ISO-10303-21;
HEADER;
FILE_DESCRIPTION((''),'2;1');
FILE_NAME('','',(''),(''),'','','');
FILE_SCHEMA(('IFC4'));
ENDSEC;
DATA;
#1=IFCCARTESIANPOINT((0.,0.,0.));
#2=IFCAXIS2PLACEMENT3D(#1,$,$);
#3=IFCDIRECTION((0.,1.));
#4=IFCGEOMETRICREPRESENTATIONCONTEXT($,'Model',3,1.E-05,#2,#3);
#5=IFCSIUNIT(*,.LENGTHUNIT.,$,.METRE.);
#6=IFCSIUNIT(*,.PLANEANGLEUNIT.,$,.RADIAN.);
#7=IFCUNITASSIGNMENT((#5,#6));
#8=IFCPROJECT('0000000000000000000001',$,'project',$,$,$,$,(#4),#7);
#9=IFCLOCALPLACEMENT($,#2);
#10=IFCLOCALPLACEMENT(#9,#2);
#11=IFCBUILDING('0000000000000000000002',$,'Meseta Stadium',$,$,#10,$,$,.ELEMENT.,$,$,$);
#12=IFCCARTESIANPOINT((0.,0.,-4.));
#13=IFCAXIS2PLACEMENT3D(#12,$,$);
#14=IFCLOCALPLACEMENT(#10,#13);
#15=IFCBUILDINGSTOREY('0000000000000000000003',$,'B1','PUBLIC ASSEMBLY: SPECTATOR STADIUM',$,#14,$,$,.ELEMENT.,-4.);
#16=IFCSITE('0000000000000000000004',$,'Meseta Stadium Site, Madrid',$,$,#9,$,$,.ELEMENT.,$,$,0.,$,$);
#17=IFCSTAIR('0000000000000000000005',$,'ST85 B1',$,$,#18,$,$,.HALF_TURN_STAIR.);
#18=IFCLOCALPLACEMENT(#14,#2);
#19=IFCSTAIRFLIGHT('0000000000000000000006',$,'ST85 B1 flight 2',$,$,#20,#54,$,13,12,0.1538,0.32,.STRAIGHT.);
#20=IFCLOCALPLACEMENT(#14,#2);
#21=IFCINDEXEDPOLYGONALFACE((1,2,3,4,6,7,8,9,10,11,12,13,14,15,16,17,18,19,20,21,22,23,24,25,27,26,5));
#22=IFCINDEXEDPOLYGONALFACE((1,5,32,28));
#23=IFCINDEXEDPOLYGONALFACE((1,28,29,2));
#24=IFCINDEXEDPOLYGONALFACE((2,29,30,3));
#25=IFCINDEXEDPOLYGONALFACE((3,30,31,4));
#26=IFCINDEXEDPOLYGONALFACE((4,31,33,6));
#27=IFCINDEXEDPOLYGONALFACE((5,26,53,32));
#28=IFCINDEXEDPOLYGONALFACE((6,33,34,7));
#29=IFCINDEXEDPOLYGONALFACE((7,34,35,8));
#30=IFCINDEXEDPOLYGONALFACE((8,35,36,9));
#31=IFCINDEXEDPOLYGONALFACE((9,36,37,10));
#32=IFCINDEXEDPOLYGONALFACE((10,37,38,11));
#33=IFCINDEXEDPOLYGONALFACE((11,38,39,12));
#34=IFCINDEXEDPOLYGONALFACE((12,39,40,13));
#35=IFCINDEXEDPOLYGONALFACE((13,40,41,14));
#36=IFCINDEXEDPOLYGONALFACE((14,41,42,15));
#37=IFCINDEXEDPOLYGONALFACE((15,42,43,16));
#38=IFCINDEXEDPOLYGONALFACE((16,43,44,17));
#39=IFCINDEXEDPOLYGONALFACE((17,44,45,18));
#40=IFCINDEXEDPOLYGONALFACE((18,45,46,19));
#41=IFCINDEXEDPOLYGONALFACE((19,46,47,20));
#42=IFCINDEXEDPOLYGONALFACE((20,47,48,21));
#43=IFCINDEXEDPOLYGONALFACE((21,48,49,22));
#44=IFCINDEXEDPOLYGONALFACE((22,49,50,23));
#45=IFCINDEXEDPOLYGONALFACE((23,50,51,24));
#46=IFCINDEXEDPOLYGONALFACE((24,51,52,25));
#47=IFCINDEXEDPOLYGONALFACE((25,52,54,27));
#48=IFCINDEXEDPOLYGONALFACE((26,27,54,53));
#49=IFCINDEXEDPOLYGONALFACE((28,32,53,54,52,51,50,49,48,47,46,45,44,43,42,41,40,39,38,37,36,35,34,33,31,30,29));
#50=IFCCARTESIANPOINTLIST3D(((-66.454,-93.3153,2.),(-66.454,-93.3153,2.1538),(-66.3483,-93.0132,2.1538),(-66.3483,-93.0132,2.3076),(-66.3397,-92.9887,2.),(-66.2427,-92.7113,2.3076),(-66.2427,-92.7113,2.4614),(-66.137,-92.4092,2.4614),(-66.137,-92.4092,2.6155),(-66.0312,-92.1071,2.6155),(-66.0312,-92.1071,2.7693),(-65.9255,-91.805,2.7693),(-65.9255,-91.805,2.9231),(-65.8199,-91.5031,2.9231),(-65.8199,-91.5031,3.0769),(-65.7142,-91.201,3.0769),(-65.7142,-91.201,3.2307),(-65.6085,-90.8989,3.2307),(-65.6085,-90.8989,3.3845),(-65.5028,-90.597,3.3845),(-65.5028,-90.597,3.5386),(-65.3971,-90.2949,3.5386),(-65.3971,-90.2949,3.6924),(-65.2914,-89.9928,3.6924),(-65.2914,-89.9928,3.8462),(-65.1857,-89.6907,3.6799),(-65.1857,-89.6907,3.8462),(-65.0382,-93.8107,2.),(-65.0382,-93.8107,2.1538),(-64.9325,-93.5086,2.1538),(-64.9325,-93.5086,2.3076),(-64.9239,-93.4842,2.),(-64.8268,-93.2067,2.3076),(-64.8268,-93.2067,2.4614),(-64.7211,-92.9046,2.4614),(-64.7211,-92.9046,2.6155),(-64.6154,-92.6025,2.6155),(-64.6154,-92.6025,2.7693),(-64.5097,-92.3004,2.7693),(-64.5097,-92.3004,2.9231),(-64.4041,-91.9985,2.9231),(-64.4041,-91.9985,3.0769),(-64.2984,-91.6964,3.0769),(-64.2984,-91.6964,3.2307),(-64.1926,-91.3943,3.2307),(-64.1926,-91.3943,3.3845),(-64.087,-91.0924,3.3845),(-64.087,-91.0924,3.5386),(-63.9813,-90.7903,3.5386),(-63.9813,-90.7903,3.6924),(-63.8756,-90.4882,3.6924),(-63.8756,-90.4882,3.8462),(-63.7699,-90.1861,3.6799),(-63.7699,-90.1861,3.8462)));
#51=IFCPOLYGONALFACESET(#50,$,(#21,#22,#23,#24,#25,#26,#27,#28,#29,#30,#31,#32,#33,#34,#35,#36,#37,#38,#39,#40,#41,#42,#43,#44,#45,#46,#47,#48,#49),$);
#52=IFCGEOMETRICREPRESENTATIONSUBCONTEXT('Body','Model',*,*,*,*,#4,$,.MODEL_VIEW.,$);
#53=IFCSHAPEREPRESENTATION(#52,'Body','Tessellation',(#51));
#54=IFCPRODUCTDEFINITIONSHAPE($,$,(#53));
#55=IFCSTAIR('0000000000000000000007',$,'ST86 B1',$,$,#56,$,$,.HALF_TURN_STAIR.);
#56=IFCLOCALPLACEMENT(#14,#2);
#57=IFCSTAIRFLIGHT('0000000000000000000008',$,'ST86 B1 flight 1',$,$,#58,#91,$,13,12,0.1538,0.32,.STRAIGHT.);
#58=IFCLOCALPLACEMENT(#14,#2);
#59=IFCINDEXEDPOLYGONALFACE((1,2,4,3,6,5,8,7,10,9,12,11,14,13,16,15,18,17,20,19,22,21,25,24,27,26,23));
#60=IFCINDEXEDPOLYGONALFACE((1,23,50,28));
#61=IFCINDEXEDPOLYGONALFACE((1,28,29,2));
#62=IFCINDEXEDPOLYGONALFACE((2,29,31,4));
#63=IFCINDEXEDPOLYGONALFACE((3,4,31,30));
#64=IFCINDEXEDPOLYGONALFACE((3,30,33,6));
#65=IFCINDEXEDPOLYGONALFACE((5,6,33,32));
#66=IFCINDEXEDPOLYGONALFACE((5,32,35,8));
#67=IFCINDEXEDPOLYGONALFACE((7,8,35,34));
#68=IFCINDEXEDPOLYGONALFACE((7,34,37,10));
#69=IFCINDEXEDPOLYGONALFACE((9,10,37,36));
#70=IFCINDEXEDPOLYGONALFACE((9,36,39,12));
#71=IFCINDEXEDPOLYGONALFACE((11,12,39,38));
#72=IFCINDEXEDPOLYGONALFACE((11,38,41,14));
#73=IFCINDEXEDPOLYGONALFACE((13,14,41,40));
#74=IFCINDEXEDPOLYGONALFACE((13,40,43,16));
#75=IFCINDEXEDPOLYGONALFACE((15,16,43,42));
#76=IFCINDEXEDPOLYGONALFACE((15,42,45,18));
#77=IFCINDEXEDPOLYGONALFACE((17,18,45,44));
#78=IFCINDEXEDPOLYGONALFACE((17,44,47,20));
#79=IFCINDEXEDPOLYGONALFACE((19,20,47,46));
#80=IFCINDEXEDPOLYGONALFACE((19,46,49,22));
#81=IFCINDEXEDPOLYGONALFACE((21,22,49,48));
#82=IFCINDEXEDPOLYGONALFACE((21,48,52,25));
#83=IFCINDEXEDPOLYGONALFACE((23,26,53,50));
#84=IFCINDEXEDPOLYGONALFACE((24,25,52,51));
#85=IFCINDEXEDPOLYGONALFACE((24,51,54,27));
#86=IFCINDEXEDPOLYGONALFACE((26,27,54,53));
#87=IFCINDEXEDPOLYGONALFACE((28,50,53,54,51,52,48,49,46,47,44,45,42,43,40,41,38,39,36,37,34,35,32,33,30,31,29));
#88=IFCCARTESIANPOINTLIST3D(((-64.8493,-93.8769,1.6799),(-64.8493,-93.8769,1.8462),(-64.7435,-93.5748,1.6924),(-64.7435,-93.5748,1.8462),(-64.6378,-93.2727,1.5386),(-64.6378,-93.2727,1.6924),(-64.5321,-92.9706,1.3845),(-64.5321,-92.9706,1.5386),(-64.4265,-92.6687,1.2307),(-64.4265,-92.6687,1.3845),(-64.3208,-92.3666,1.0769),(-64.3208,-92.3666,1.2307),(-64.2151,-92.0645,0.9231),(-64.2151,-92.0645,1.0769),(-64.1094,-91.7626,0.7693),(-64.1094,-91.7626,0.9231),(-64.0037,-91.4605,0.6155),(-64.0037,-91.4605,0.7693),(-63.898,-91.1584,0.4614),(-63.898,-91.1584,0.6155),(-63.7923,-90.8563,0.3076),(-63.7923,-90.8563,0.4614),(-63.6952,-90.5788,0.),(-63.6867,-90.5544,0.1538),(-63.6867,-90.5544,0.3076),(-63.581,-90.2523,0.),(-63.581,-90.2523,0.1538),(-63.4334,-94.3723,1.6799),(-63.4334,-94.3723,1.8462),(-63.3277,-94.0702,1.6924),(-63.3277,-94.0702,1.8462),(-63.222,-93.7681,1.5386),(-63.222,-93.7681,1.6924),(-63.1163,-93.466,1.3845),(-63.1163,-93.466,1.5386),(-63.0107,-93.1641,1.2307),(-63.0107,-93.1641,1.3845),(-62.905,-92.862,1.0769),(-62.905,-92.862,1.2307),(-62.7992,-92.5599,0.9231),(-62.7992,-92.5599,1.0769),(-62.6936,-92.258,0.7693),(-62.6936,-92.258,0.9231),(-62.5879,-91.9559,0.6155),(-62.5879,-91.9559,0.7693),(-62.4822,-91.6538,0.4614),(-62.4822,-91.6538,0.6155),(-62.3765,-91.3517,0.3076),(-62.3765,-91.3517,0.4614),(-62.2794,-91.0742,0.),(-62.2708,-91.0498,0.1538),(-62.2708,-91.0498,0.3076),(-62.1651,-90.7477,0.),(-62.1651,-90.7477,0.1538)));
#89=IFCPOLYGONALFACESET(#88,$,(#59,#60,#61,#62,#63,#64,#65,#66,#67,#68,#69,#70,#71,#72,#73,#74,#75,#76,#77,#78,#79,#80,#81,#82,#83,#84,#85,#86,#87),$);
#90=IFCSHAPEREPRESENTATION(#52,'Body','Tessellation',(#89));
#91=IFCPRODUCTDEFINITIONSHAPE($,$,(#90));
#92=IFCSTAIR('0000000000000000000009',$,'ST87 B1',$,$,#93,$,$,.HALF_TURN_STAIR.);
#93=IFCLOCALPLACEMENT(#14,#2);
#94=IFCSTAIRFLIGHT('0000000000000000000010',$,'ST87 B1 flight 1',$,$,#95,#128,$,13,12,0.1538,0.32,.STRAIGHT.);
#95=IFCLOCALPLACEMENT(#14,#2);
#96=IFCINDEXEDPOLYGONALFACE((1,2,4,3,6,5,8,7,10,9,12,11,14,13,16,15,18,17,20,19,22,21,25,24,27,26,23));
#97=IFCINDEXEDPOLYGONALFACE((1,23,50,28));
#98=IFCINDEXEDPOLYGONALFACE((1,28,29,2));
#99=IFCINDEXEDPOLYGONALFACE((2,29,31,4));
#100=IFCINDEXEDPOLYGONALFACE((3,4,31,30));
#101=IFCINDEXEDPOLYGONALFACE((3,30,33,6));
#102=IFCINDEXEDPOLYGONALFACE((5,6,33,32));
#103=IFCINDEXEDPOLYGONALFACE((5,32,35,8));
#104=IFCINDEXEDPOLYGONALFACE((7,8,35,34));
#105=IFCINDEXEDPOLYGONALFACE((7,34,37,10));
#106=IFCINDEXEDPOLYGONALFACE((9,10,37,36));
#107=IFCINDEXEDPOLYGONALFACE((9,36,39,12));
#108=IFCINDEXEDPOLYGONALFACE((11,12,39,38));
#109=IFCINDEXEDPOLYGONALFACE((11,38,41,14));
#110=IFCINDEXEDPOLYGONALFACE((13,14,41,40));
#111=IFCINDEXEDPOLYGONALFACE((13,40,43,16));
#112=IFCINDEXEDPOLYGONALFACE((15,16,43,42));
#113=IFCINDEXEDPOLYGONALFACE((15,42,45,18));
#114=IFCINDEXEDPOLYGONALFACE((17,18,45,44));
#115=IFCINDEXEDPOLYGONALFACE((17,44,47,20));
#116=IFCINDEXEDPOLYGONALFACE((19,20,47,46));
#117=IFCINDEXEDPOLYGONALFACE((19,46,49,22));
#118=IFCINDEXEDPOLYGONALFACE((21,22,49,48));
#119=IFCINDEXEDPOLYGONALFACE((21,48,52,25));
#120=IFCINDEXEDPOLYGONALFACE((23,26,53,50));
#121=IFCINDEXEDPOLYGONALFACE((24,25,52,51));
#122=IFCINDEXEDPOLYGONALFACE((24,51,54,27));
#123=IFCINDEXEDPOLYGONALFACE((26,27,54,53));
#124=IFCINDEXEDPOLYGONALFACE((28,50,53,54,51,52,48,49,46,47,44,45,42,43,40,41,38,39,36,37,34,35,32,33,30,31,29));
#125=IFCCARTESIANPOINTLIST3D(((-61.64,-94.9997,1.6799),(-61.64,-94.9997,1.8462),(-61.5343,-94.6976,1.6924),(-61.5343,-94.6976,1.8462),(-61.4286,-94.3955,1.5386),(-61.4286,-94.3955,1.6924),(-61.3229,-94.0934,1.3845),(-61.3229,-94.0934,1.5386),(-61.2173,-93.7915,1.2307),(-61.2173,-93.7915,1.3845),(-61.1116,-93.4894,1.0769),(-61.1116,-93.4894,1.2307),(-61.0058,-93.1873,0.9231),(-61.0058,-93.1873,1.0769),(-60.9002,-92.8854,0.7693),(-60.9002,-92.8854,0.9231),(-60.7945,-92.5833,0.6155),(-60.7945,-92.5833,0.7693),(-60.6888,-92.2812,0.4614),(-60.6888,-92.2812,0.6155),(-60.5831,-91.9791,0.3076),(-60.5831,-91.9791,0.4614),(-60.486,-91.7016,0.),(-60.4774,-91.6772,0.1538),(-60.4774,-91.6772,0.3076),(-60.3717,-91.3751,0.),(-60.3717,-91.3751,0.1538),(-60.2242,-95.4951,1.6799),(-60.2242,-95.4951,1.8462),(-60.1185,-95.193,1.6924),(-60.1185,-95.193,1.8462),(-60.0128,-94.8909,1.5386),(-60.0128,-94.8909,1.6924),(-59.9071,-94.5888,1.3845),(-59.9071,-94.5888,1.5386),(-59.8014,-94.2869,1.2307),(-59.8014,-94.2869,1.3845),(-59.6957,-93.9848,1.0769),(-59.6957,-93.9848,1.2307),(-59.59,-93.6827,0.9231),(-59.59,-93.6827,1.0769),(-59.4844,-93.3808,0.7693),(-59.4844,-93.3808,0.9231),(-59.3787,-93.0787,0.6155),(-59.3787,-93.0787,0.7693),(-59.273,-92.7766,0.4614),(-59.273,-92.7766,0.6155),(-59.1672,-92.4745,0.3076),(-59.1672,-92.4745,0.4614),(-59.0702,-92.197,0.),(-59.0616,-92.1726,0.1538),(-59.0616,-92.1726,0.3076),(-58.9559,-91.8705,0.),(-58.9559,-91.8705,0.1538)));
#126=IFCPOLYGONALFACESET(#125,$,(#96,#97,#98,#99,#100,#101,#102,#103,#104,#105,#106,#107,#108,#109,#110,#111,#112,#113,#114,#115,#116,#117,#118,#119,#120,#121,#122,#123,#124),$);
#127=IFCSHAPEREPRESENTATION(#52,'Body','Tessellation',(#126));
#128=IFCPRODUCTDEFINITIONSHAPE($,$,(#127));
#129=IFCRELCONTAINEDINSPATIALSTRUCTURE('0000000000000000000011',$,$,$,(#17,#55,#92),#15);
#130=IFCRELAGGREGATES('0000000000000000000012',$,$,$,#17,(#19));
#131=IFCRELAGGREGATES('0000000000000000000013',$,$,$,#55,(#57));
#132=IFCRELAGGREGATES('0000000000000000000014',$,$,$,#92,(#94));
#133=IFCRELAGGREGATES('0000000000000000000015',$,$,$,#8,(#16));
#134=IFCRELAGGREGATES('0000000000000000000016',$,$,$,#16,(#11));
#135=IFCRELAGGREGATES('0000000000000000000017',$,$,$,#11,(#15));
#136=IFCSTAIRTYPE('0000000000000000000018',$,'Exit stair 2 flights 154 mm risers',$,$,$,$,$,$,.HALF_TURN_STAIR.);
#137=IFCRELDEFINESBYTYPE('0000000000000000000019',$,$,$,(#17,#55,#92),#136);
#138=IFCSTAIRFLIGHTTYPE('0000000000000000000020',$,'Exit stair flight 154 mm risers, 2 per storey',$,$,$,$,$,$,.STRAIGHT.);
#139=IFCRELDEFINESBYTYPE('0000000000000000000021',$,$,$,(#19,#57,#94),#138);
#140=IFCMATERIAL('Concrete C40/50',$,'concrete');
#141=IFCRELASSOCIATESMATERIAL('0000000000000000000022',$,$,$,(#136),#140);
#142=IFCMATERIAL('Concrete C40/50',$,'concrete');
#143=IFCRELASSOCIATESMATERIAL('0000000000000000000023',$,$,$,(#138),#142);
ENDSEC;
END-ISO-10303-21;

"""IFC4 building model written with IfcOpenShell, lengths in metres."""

from ifc_helpers import new_model, si_unit, direction, frame, origin, place, context, subcontext, project, spatial, polyline, outline, extrude, material, type_object, element, aggregate, save


model = new_model("IFC4")

# Units and contexts
model_context = context("Model", 3, precision=1e-05, world=origin(), true_north=direction((0.0, 1.0)))
body_context = subcontext(model_context, "Body", "Model", "MODEL_VIEW")
ifc_project = project(units=[si_unit("LENGTHUNIT", "METRE"), si_unit("PLANEANGLEUNIT", "RADIAN")], contexts=[model_context])

# Site, building, storey
site_placement = place(None, origin())
site = spatial("IfcSite", under=ifc_project, at=site_placement, Name="Meseta Stadium Site, Madrid", CompositionType="ELEMENT", RefElevation=0.0)
building_placement = place(site_placement, origin())
building = spatial("IfcBuilding", under=site, at=building_placement, Name="Meseta Stadium", CompositionType="ELEMENT")
storey_placement = place(building_placement, frame((0.0, 0.0, -4.0)))
storey = spatial("IfcBuildingStorey", under=building, at=storey_placement, Name="B1", Description="PUBLIC ASSEMBLY: SPECTATOR STADIUM", CompositionType="ELEMENT", Elevation=-4.0)

# Stair, stair flight
ifc_material_1 = material(Name="Concrete C40/50", Category="concrete")
stair_type = type_object("IfcStairType", Name="Exit stair 2 flights 154 mm risers", PredefinedType="HALF_TURN_STAIR", material=ifc_material_1)
stair_1_placement = place(storey_placement, origin())
stair_1 = element("IfcStair", 1, at=stair_1_placement, inside=storey, type_object=stair_type, Name="ST85 B1", PredefinedType="HALF_TURN_STAIR")
ifc_material_2 = material(Name="Concrete C40/50", Category="concrete")
stair_flight_type = type_object("IfcStairFlightType", Name="Exit stair flight 154 mm risers, 2 per storey", PredefinedType="STRAIGHT", material=ifc_material_2)
stair_flight_1_placement = place(storey_placement, frame((-65.7461, -93.563, 2.0), z_axis=(0.0, 0.0, 1.0), x_axis=(0.330279, 0.943883, 0.0)))
stair_flight_1 = element("IfcStairFlight", 2, at=stair_flight_1_placement, type_object=stair_flight_type, Name="ST85 B1 flight 2", NumberOfRisers=13, NumberOfTreads=12, PredefinedType="STRAIGHT", RiserHeight=0.1538, TreadLength=0.32, context=body_context, shape_type="SweptSolid", body=[
    extrude(outline(polyline([(0.0, 0.0), (0.0, 0.1538), (0.3201, 0.1538), (0.3201, 0.3076), (0.6399, 0.3076), (0.6399, 0.4614), (0.96, 0.4614), (0.96, 0.6155), (1.28, 0.6155), (1.28, 0.7693), (1.6001, 0.7693), (1.6001, 0.9231), (1.9199, 0.9231), (1.9199, 1.0769), (2.24, 1.0769), (2.24, 1.2307), (2.5601, 1.2307), (2.5601, 1.3845), (2.8799, 1.3845), (2.8799, 1.5386), (3.2, 1.5386), (3.2, 1.6924), (3.52, 1.6924), (3.52, 1.8462), (3.8401, 1.8462), (3.8401, 1.6799), (0.3459, 0.0), (0.0, 0.0)])), frame((0.0, 0.75, 0.0), z_axis=(0.0, -1.0, 0.0), x_axis=(1.0, 0.0, 0.0)), (0.0, 0.0, 1.0), 1.5),
])
aggregate(stair_1, [stair_flight_1])

# Stairs, stair flights
stair_2_placement = place(storey_placement, origin())
stair_2 = element("IfcStair", 3, at=stair_2_placement, inside=storey, type_object=stair_type, Name="ST86 B1", PredefinedType="HALF_TURN_STAIR")
stair_flight_2_placement = place(storey_placement, frame((-62.873, -90.5, 0.0), z_axis=(0.0, 0.0, 1.0), x_axis=(-0.330279, -0.943883, 0.0)))
stair_flight_2 = element("IfcStairFlight", 4, at=stair_flight_2_placement, type_object=stair_flight_type, Name="ST86 B1 flight 1", NumberOfRisers=13, NumberOfTreads=12, PredefinedType="STRAIGHT", RiserHeight=0.1538, TreadLength=0.32, context=body_context, shape_type="SweptSolid", body=[
    extrude(outline(polyline([(0.0, 0.0), (0.0, 0.1538), (0.3201, 0.1538), (0.3201, 0.3076), (0.6399, 0.3076), (0.6399, 0.4614), (0.96, 0.4614), (0.96, 0.6155), (1.28, 0.6155), (1.28, 0.7693), (1.6001, 0.7693), (1.6001, 0.9231), (1.9199, 0.9231), (1.9199, 1.0769), (2.24, 1.0769), (2.24, 1.2307), (2.5601, 1.2307), (2.5601, 1.3845), (2.8799, 1.3845), (2.8799, 1.5386), (3.2, 1.5386), (3.2, 1.6924), (3.52, 1.6924), (3.52, 1.8462), (3.8401, 1.8462), (3.8401, 1.6799), (0.3459, 0.0), (0.0, 0.0)])), frame((0.0, 0.75, 0.0), z_axis=(0.0, -1.0, 0.0), x_axis=(1.0, 0.0, 0.0)), (0.0, 0.0, 1.0), 1.5),
])
aggregate(stair_2, [stair_flight_2])
stair_3_placement = place(storey_placement, origin())
stair_3 = element("IfcStair", 5, at=stair_3_placement, inside=storey, type_object=stair_type, Name="ST87 B1", PredefinedType="HALF_TURN_STAIR")
stair_flight_3_placement = place(storey_placement, frame((-59.6638, -91.6228, 0.0), z_axis=(0.0, 0.0, 1.0), x_axis=(-0.330279, -0.943883, 0.0)))
stair_flight_3 = element("IfcStairFlight", 6, at=stair_flight_3_placement, type_object=stair_flight_type, Name="ST87 B1 flight 1", NumberOfRisers=13, NumberOfTreads=12, PredefinedType="STRAIGHT", RiserHeight=0.1538, TreadLength=0.32, context=body_context, shape_type="SweptSolid", body=[
    extrude(outline(polyline([(0.0, 0.0), (0.0, 0.1538), (0.3201, 0.1538), (0.3201, 0.3076), (0.6399, 0.3076), (0.6399, 0.4614), (0.96, 0.4614), (0.96, 0.6155), (1.28, 0.6155), (1.28, 0.7693), (1.6001, 0.7693), (1.6001, 0.9231), (1.9199, 0.9231), (1.9199, 1.0769), (2.24, 1.0769), (2.24, 1.2307), (2.5601, 1.2307), (2.5601, 1.3845), (2.8799, 1.3845), (2.8799, 1.5386), (3.2, 1.5386), (3.2, 1.6924), (3.52, 1.6924), (3.52, 1.8462), (3.8401, 1.8462), (3.8401, 1.6799), (0.3459, 0.0), (0.0, 0.0)])), frame((0.0, 0.75, 0.0), z_axis=(0.0, -1.0, 0.0), x_axis=(1.0, 0.0, 0.0)), (0.0, 0.0, 1.0), 1.5),
])
aggregate(stair_3, [stair_flight_3])

save(model, "model.ifc")
